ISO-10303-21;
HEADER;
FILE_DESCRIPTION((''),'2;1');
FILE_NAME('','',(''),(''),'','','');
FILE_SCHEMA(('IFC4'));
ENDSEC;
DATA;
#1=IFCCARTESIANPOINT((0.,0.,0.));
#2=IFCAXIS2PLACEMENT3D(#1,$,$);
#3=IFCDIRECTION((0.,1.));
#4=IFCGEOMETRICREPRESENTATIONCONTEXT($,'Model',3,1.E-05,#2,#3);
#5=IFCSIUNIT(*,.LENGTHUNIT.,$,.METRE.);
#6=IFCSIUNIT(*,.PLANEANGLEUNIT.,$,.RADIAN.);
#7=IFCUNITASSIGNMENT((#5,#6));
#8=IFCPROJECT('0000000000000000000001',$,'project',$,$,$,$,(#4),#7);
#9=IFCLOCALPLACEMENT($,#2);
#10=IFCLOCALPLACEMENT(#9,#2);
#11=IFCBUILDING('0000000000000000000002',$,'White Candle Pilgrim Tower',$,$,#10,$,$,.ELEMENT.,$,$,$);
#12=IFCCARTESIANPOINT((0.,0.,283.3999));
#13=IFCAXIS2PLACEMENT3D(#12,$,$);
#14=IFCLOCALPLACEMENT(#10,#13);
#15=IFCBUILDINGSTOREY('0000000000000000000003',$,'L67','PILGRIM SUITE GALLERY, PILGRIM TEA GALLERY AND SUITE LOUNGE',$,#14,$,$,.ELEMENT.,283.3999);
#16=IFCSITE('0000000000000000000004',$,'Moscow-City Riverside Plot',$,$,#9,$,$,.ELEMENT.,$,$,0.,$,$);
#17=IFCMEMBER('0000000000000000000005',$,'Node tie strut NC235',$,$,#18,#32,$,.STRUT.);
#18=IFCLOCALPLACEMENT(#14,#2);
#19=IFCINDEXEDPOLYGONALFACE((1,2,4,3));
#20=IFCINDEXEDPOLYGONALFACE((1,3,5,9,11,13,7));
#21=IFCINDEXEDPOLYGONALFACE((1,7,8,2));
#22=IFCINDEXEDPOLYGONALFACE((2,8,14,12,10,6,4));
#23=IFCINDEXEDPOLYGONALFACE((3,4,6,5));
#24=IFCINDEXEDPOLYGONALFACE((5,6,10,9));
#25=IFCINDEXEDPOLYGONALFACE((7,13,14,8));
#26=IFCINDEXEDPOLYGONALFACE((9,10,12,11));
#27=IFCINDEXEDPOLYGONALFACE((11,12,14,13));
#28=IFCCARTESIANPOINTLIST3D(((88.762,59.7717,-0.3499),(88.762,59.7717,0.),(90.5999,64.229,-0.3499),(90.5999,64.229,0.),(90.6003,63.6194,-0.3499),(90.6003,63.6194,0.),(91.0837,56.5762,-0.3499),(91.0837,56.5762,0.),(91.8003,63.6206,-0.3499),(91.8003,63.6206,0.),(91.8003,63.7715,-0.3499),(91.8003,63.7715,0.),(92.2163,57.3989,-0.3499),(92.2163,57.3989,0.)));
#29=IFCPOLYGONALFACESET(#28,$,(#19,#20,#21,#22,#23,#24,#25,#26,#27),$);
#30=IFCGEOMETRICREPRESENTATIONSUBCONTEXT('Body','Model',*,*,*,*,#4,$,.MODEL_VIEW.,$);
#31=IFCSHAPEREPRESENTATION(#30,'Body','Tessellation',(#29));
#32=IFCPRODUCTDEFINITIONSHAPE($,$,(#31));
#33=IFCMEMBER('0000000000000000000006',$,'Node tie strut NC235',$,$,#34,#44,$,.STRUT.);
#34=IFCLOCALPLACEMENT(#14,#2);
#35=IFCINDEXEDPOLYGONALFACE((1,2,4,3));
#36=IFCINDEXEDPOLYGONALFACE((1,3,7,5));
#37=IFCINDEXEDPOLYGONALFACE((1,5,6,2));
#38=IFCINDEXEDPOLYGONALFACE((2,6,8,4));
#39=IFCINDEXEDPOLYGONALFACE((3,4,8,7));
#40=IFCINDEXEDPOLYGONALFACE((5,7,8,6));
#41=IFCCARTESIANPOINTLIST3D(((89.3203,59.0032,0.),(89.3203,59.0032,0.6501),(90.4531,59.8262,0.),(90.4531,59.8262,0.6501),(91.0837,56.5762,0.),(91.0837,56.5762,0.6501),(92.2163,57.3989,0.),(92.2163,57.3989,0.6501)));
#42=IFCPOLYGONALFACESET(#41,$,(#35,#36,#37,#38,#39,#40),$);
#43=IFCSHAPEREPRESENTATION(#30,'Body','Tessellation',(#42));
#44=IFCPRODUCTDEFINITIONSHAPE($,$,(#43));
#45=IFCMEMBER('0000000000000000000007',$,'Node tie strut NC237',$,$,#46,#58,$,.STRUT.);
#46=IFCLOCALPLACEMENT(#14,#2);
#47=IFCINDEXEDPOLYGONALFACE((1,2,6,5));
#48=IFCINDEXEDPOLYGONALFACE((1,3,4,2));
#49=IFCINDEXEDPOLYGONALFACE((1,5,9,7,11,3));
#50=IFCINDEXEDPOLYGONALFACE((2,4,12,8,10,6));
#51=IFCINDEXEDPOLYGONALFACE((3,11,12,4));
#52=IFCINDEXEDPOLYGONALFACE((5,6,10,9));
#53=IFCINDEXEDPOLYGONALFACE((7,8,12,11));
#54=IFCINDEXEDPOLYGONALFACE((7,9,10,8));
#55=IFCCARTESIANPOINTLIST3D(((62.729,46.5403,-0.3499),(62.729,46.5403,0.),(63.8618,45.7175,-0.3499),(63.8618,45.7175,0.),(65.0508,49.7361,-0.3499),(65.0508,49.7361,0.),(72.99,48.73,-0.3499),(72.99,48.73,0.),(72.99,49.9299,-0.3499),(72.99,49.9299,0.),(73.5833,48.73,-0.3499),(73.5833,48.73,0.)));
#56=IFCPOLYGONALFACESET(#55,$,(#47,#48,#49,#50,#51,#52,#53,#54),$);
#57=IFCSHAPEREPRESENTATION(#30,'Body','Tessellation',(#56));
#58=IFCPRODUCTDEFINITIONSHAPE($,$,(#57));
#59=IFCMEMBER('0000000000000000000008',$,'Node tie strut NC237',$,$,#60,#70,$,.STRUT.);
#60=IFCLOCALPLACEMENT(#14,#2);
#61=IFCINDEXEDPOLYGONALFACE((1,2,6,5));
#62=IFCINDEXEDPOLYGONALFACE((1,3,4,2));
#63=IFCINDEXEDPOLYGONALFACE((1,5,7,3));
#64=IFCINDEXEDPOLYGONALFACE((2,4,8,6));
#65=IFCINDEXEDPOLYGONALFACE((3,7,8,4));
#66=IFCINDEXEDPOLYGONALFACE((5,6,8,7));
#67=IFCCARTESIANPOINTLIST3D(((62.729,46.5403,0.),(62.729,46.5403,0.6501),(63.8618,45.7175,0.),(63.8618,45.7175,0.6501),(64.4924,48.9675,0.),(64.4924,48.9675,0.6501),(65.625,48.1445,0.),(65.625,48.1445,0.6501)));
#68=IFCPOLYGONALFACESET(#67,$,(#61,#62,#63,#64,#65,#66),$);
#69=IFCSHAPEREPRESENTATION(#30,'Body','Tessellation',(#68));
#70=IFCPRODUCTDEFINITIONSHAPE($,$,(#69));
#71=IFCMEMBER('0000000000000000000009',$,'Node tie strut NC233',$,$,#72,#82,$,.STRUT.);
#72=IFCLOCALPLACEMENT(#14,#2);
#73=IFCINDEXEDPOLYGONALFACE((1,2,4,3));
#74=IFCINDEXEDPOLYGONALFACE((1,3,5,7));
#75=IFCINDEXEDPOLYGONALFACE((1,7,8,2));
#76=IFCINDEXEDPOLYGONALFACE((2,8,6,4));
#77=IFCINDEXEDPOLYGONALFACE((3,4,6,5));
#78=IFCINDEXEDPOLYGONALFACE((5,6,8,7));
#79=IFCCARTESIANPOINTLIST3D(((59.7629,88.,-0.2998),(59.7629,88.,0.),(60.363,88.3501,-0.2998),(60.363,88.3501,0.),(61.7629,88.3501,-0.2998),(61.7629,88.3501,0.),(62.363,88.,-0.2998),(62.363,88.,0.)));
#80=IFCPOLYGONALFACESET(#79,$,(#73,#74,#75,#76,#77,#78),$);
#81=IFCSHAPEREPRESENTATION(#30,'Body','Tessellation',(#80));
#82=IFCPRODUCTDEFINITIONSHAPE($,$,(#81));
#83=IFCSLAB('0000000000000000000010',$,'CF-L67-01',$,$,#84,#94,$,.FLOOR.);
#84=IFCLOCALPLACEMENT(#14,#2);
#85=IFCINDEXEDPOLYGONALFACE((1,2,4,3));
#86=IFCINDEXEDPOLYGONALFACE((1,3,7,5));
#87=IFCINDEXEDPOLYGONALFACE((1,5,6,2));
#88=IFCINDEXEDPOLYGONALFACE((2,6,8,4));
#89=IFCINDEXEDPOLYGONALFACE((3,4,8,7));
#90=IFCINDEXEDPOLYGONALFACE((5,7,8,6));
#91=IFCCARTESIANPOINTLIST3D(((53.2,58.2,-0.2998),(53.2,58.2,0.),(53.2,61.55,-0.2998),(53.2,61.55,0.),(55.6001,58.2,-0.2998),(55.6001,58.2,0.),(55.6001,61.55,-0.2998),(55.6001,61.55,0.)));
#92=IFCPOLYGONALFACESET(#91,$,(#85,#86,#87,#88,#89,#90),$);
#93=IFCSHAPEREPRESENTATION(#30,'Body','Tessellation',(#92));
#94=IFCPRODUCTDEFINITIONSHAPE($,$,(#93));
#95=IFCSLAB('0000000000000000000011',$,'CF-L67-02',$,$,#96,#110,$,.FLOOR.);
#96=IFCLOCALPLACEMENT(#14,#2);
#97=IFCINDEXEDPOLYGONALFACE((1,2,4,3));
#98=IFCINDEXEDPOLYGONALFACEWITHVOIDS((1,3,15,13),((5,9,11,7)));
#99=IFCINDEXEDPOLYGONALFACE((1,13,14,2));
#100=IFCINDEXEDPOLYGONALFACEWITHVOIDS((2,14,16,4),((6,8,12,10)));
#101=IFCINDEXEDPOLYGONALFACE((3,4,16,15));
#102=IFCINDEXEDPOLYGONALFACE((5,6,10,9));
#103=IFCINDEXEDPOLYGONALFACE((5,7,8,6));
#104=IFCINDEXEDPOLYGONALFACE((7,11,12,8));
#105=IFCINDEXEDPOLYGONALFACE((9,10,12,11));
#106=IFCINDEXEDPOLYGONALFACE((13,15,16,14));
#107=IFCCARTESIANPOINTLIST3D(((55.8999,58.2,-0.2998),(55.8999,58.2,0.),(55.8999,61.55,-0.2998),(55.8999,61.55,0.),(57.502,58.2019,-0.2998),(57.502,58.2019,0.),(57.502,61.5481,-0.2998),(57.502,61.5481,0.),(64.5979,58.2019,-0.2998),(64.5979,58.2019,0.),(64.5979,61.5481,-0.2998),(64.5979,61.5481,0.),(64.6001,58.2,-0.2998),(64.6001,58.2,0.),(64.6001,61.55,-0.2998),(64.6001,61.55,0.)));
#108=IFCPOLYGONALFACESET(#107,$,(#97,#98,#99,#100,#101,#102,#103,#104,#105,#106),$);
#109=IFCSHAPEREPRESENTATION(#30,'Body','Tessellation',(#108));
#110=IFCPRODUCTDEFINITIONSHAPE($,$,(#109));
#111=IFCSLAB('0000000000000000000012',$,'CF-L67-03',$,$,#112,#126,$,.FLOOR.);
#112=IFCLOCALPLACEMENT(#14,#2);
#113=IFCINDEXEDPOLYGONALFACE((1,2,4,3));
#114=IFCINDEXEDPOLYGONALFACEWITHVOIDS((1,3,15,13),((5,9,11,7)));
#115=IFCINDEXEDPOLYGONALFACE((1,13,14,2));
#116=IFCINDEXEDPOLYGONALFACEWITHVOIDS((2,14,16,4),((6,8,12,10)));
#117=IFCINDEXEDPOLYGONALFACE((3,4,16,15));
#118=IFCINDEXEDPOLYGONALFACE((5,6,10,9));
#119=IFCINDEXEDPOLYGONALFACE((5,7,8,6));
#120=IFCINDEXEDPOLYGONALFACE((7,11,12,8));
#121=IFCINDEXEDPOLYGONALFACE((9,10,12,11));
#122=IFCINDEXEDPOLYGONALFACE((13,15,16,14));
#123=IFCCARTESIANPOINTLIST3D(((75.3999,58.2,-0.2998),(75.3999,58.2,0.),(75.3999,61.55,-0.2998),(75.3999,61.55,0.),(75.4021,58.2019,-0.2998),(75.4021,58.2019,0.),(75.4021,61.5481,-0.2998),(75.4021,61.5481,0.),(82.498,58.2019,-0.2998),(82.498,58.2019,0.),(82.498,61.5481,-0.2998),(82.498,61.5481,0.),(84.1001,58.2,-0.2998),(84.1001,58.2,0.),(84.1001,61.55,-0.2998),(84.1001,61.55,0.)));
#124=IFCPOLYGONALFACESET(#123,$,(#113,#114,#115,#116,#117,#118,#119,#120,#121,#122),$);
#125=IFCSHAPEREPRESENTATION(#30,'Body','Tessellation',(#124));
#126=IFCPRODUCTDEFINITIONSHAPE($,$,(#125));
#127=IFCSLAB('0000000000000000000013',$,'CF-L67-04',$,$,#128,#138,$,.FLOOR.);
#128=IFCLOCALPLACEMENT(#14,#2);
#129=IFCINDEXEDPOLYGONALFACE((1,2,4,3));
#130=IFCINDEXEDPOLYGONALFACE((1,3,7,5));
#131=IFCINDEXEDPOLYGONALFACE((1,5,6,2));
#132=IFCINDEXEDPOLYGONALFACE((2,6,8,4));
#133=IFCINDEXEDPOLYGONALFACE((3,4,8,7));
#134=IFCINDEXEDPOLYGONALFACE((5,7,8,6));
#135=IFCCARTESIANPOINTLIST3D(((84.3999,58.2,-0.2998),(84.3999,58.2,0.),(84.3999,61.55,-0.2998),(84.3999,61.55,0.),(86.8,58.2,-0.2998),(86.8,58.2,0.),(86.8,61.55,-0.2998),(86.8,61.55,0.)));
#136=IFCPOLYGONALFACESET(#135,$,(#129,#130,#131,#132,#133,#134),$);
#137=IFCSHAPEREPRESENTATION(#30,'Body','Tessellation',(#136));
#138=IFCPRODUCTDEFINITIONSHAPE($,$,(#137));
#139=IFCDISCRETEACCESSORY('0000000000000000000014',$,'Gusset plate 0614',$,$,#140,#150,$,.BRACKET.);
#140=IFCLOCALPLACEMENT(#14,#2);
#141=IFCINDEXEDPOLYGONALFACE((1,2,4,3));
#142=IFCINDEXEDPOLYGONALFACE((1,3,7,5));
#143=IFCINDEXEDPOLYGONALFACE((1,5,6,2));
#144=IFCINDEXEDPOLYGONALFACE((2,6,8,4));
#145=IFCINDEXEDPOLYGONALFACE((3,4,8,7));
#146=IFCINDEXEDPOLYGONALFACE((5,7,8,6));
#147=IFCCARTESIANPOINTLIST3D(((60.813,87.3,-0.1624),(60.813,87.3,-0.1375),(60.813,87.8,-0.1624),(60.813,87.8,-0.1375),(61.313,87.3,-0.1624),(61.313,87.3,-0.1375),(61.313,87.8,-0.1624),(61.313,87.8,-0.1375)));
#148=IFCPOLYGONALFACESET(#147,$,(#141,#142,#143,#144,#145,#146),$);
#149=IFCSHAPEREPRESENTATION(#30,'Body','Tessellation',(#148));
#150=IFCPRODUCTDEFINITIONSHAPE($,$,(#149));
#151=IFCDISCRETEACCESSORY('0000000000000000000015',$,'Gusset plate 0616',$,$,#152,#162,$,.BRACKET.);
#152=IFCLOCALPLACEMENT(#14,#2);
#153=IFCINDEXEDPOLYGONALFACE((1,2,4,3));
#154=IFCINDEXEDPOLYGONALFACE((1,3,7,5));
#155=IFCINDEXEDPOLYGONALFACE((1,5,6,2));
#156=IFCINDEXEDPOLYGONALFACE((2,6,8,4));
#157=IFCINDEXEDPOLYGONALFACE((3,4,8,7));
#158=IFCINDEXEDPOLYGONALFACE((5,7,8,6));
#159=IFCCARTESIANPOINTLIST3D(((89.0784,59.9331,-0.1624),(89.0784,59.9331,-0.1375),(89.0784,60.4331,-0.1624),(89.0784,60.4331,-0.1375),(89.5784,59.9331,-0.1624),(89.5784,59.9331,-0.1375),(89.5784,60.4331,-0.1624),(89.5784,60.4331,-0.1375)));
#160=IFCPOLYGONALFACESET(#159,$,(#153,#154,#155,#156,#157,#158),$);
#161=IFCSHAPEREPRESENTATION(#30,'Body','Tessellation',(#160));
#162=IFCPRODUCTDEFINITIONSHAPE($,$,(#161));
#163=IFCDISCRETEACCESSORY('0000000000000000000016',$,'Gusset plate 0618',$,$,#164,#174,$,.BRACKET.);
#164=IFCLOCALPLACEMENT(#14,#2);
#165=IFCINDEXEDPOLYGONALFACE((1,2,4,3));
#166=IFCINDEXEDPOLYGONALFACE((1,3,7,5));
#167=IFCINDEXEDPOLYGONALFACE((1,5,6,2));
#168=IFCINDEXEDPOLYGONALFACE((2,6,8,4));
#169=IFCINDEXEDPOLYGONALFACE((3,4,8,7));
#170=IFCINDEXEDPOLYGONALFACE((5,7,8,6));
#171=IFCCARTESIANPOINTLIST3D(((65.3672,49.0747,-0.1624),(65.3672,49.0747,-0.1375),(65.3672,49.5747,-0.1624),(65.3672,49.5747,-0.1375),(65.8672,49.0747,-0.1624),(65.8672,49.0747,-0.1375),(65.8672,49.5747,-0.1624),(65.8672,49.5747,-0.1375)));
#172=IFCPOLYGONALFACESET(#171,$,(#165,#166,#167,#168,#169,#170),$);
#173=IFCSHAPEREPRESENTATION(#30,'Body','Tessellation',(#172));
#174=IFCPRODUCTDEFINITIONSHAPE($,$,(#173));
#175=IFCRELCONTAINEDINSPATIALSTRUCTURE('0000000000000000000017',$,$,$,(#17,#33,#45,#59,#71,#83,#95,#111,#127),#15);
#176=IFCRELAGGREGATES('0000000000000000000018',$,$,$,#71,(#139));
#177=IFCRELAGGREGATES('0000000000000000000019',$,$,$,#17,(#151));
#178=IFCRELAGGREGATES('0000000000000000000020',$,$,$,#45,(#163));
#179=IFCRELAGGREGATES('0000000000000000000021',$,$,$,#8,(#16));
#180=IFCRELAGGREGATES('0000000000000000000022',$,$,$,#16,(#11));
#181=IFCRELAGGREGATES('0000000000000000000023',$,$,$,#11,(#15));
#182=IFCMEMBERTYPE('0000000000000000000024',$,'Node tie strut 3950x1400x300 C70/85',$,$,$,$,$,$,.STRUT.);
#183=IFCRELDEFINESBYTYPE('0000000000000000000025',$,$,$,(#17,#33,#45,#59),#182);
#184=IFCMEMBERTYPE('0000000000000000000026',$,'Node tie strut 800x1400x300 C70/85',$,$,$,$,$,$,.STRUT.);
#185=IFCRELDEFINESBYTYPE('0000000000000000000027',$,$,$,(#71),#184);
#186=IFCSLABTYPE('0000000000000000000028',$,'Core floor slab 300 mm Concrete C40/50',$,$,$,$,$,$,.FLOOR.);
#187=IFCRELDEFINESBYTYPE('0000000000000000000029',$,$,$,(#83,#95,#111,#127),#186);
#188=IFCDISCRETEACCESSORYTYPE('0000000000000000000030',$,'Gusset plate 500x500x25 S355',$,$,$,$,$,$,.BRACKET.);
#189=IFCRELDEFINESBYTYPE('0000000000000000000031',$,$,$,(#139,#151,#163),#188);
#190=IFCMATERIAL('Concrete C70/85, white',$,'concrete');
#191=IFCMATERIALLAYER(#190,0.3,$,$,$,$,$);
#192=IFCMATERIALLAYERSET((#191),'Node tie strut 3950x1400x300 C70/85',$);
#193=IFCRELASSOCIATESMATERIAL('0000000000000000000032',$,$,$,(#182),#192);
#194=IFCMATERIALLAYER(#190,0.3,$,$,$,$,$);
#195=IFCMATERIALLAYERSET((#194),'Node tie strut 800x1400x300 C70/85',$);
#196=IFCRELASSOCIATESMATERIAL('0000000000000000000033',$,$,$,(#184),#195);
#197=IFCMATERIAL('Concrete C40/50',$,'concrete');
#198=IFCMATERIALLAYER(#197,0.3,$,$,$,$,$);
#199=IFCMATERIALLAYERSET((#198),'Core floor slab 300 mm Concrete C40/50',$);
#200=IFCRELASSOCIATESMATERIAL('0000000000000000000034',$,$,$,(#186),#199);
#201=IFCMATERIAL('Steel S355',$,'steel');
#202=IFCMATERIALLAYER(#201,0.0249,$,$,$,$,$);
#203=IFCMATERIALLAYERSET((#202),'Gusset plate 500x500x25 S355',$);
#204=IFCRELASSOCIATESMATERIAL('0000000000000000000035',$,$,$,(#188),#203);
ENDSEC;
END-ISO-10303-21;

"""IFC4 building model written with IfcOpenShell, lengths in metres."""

from ifc_helpers import new_model, si_unit, direction, frame, origin, origin_2d, place, context, subcontext, project, spatial, polyline, rectangle, outline, extrude, material, layer, layer_set, type_object, element, aggregate, save


model = new_model("IFC4")

# Units and contexts
model_context = context("Model", 3, precision=1e-05, world=origin(), true_north=direction((0.0, 1.0)))
body_context = subcontext(model_context, "Body", "Model", "MODEL_VIEW")
ifc_project = project(units=[si_unit("LENGTHUNIT", "METRE"), si_unit("PLANEANGLEUNIT", "RADIAN")], contexts=[model_context])

# Site, building, storey
site_placement = place(None, origin())
site = spatial("IfcSite", under=ifc_project, at=site_placement, Name="Moscow-City Riverside Plot", CompositionType="ELEMENT", RefElevation=0.0)
building_placement = place(site_placement, origin())
building = spatial("IfcBuilding", under=site, at=building_placement, Name="White Candle Pilgrim Tower", CompositionType="ELEMENT")
storey_placement = place(building_placement, frame((0.0, 0.0, 283.3999)))
storey = spatial("IfcBuildingStorey", under=building, at=storey_placement, Name="L67", Description="PILGRIM SUITE GALLERY, PILGRIM TEA GALLERY AND SUITE LOUNGE", CompositionType="ELEMENT", Elevation=283.3999)

# Members
ifc_material_1 = material(Name="Concrete C70/85, white", Category="concrete")
ifc_layer_1 = layer(ifc_material_1, 0.3)
ifc_layer_set_1 = layer_set([ifc_layer_1], Name="Node tie strut 3950x1400x300 C70/85")
member_type_1 = type_object("IfcMemberType", Name="Node tie strut 3950x1400x300 C70/85", PredefinedType="STRUT", material=ifc_layer_set_1)
member_1_placement = place(storey_placement, frame((0.0, 0.0, -0.3499)))
member_1 = element("IfcMember", 1, at=member_1_placement, inside=storey, type_object=member_type_1, Name="Node tie strut NC235", PredefinedType="STRUT", context=body_context, shape_type="SweptSolid", body=[
    extrude(outline(polyline([(91.0837, 56.5762), (92.2163, 57.3989), (91.8003, 63.7715), (91.8003, 63.6206), (90.6003, 63.6194), (90.5999, 64.229), (88.762, 59.7717), (91.0837, 56.5762)])), origin(), (0.0, 0.0, 1.0), 0.3499),
])
member_2_placement = place(storey_placement, origin())
element("IfcMember", 2, at=member_2_placement, inside=storey, type_object=member_type_1, Name="Node tie strut NC235", PredefinedType="STRUT", context=body_context, shape_type="SweptSolid", body=[
    extrude(outline(polyline([(91.0837, 56.5762), (92.2163, 57.3989), (90.4531, 59.8262), (89.3203, 59.0032), (91.0837, 56.5762)])), origin(), (0.0, 0.0, 1.0), 0.6501),
])
member_3_placement = place(storey_placement, frame((0.0, 0.0, -0.3499)))
member_3 = element("IfcMember", 3, at=member_3_placement, inside=storey, type_object=member_type_1, Name="Node tie strut NC237", PredefinedType="STRUT", context=body_context, shape_type="SweptSolid", body=[
    extrude(outline(polyline([(63.8618, 45.7175), (73.5833, 48.73), (72.99, 48.73), (72.99, 49.9299), (65.0508, 49.7361), (62.729, 46.5403), (63.8618, 45.7175)])), origin(), (0.0, 0.0, 1.0), 0.3499),
])
member_4_placement = place(storey_placement, origin())
element("IfcMember", 4, at=member_4_placement, inside=storey, type_object=member_type_1, Name="Node tie strut NC237", PredefinedType="STRUT", context=body_context, shape_type="SweptSolid", body=[
    extrude(outline(polyline([(63.8618, 45.7175), (65.625, 48.1445), (64.4924, 48.9675), (62.729, 46.5403), (63.8618, 45.7175)])), origin(), (0.0, 0.0, 1.0), 0.6501),
])
ifc_layer_2 = layer(ifc_material_1, 0.3)
ifc_layer_set_2 = layer_set([ifc_layer_2], Name="Node tie strut 800x1400x300 C70/85")
member_type_2 = type_object("IfcMemberType", Name="Node tie strut 800x1400x300 C70/85", PredefinedType="STRUT", material=ifc_layer_set_2)
member_5_placement = place(storey_placement, frame((0.0, 0.0, -0.2998)))
member_5 = element("IfcMember", 5, at=member_5_placement, inside=storey, type_object=member_type_2, Name="Node tie strut NC233", PredefinedType="STRUT", context=body_context, shape_type="SweptSolid", body=[
    extrude(outline(polyline([(59.7629, 88.0), (62.363, 88.0), (61.7629, 88.3501), (60.363, 88.3501), (59.7629, 88.0)])), origin(), (0.0, 0.0, 1.0), 0.2998),
])

# Slabs
ifc_material_2 = material(Name="Concrete C40/50", Category="concrete")
ifc_layer_3 = layer(ifc_material_2, 0.3)
ifc_layer_set_3 = layer_set([ifc_layer_3], Name="Core floor slab 300 mm Concrete C40/50")
slab_type_1 = type_object("IfcSlabType", Name="Core floor slab 300 mm Concrete C40/50", PredefinedType="FLOOR", material=ifc_layer_set_3)
slab_1_placement = place(storey_placement, frame((0.0, 0.0, -0.2998)))
element("IfcSlab", 6, at=slab_1_placement, inside=storey, type_object=slab_type_1, Name="CF-L67-01", PredefinedType="FLOOR", context=body_context, shape_type="SweptSolid", body=[
    extrude(outline(polyline([(55.6001, 58.2), (53.2, 58.2), (53.2, 61.55), (55.6001, 61.55), (55.6001, 58.2)])), origin(), (0.0, 0.0, 1.0), 0.2998),
])
slab_2_placement = place(storey_placement, frame((0.0, 0.0, -0.2998)))
element("IfcSlab", 7, at=slab_2_placement, inside=storey, type_object=slab_type_1, Name="CF-L67-02", PredefinedType="FLOOR", context=body_context, shape_type="SweptSolid", body=[
    extrude(outline(polyline([(55.8999, 58.2), (55.8999, 61.55), (64.6001, 61.55), (64.6001, 58.2), (55.8999, 58.2)]), holes=[polyline([(57.502, 61.5481), (57.502, 58.2019), (64.5979, 58.2019), (64.5979, 61.5481), (57.502, 61.5481)])]), origin(), (0.0, 0.0, 1.0), 0.2998),
])
slab_3_placement = place(storey_placement, frame((0.0, 0.0, -0.2998)))
element("IfcSlab", 8, at=slab_3_placement, inside=storey, type_object=slab_type_1, Name="CF-L67-03", PredefinedType="FLOOR", context=body_context, shape_type="SweptSolid", body=[
    extrude(outline(polyline([(75.3999, 58.2), (75.3999, 61.55), (84.1001, 61.55), (84.1001, 58.2), (75.3999, 58.2)]), holes=[polyline([(82.498, 61.5481), (75.4021, 61.5481), (75.4021, 58.2019), (82.498, 58.2019), (82.498, 61.5481)])]), origin(), (0.0, 0.0, 1.0), 0.2998),
])
slab_4_placement = place(storey_placement, frame((0.0, 0.0, -0.2998)))
element("IfcSlab", 9, at=slab_4_placement, inside=storey, type_object=slab_type_1, Name="CF-L67-04", PredefinedType="FLOOR", context=body_context, shape_type="SweptSolid", body=[
    extrude(outline(polyline([(86.8, 58.2), (84.3999, 58.2), (84.3999, 61.55), (86.8, 61.55), (86.8, 58.2)])), origin(), (0.0, 0.0, 1.0), 0.2998),
])

# Discrete accessories
ifc_material_3 = material(Name="Steel S355", Category="steel")
ifc_layer_4 = layer(ifc_material_3, 0.0249)
ifc_layer_set_4 = layer_set([ifc_layer_4], Name="Gusset plate 500x500x25 S355")
discrete_accessory_type = type_object("IfcDiscreteAccessoryType", Name="Gusset plate 500x500x25 S355", PredefinedType="BRACKET", material=ifc_layer_set_4)
discrete_accessory_1_placement = place(storey_placement, frame((61.063, 87.55, -0.1624), z_axis=(0.0, 0.0, 1.0), x_axis=(1.0, 0.0, 0.0)))
discrete_accessory_1 = element("IfcDiscreteAccessory", 10, at=discrete_accessory_1_placement, type_object=discrete_accessory_type, Name="Gusset plate 0614", PredefinedType="BRACKET", context=body_context, shape_type="SweptSolid", body=[
    extrude(rectangle(XDim=0.5, YDim=0.5, at=origin_2d()), origin(), (0.0, 0.0, 1.0), 0.0249),
])
aggregate(member_5, [discrete_accessory_1])
discrete_accessory_2_placement = place(storey_placement, frame((89.3284, 60.1831, -0.1624), z_axis=(0.0, 0.0, 1.0), x_axis=(1.0, 0.0, 0.0)))
discrete_accessory_2 = element("IfcDiscreteAccessory", 11, at=discrete_accessory_2_placement, type_object=discrete_accessory_type, Name="Gusset plate 0616", PredefinedType="BRACKET", context=body_context, shape_type="SweptSolid", body=[
    extrude(rectangle(XDim=0.5, YDim=0.5, at=origin_2d()), origin(), (0.0, 0.0, 1.0), 0.0249),
])
aggregate(member_1, [discrete_accessory_2])
discrete_accessory_3_placement = place(storey_placement, frame((65.6172, 49.3247, -0.1624), z_axis=(0.0, 0.0, 1.0), x_axis=(1.0, 0.0, 0.0)))
discrete_accessory_3 = element("IfcDiscreteAccessory", 12, at=discrete_accessory_3_placement, type_object=discrete_accessory_type, Name="Gusset plate 0618", PredefinedType="BRACKET", context=body_context, shape_type="SweptSolid", body=[
    extrude(rectangle(XDim=0.5, YDim=0.5, at=origin_2d()), origin(), (0.0, 0.0, 1.0), 0.0249),
])
aggregate(member_3, [discrete_accessory_3])

save(model, "model.ifc")
